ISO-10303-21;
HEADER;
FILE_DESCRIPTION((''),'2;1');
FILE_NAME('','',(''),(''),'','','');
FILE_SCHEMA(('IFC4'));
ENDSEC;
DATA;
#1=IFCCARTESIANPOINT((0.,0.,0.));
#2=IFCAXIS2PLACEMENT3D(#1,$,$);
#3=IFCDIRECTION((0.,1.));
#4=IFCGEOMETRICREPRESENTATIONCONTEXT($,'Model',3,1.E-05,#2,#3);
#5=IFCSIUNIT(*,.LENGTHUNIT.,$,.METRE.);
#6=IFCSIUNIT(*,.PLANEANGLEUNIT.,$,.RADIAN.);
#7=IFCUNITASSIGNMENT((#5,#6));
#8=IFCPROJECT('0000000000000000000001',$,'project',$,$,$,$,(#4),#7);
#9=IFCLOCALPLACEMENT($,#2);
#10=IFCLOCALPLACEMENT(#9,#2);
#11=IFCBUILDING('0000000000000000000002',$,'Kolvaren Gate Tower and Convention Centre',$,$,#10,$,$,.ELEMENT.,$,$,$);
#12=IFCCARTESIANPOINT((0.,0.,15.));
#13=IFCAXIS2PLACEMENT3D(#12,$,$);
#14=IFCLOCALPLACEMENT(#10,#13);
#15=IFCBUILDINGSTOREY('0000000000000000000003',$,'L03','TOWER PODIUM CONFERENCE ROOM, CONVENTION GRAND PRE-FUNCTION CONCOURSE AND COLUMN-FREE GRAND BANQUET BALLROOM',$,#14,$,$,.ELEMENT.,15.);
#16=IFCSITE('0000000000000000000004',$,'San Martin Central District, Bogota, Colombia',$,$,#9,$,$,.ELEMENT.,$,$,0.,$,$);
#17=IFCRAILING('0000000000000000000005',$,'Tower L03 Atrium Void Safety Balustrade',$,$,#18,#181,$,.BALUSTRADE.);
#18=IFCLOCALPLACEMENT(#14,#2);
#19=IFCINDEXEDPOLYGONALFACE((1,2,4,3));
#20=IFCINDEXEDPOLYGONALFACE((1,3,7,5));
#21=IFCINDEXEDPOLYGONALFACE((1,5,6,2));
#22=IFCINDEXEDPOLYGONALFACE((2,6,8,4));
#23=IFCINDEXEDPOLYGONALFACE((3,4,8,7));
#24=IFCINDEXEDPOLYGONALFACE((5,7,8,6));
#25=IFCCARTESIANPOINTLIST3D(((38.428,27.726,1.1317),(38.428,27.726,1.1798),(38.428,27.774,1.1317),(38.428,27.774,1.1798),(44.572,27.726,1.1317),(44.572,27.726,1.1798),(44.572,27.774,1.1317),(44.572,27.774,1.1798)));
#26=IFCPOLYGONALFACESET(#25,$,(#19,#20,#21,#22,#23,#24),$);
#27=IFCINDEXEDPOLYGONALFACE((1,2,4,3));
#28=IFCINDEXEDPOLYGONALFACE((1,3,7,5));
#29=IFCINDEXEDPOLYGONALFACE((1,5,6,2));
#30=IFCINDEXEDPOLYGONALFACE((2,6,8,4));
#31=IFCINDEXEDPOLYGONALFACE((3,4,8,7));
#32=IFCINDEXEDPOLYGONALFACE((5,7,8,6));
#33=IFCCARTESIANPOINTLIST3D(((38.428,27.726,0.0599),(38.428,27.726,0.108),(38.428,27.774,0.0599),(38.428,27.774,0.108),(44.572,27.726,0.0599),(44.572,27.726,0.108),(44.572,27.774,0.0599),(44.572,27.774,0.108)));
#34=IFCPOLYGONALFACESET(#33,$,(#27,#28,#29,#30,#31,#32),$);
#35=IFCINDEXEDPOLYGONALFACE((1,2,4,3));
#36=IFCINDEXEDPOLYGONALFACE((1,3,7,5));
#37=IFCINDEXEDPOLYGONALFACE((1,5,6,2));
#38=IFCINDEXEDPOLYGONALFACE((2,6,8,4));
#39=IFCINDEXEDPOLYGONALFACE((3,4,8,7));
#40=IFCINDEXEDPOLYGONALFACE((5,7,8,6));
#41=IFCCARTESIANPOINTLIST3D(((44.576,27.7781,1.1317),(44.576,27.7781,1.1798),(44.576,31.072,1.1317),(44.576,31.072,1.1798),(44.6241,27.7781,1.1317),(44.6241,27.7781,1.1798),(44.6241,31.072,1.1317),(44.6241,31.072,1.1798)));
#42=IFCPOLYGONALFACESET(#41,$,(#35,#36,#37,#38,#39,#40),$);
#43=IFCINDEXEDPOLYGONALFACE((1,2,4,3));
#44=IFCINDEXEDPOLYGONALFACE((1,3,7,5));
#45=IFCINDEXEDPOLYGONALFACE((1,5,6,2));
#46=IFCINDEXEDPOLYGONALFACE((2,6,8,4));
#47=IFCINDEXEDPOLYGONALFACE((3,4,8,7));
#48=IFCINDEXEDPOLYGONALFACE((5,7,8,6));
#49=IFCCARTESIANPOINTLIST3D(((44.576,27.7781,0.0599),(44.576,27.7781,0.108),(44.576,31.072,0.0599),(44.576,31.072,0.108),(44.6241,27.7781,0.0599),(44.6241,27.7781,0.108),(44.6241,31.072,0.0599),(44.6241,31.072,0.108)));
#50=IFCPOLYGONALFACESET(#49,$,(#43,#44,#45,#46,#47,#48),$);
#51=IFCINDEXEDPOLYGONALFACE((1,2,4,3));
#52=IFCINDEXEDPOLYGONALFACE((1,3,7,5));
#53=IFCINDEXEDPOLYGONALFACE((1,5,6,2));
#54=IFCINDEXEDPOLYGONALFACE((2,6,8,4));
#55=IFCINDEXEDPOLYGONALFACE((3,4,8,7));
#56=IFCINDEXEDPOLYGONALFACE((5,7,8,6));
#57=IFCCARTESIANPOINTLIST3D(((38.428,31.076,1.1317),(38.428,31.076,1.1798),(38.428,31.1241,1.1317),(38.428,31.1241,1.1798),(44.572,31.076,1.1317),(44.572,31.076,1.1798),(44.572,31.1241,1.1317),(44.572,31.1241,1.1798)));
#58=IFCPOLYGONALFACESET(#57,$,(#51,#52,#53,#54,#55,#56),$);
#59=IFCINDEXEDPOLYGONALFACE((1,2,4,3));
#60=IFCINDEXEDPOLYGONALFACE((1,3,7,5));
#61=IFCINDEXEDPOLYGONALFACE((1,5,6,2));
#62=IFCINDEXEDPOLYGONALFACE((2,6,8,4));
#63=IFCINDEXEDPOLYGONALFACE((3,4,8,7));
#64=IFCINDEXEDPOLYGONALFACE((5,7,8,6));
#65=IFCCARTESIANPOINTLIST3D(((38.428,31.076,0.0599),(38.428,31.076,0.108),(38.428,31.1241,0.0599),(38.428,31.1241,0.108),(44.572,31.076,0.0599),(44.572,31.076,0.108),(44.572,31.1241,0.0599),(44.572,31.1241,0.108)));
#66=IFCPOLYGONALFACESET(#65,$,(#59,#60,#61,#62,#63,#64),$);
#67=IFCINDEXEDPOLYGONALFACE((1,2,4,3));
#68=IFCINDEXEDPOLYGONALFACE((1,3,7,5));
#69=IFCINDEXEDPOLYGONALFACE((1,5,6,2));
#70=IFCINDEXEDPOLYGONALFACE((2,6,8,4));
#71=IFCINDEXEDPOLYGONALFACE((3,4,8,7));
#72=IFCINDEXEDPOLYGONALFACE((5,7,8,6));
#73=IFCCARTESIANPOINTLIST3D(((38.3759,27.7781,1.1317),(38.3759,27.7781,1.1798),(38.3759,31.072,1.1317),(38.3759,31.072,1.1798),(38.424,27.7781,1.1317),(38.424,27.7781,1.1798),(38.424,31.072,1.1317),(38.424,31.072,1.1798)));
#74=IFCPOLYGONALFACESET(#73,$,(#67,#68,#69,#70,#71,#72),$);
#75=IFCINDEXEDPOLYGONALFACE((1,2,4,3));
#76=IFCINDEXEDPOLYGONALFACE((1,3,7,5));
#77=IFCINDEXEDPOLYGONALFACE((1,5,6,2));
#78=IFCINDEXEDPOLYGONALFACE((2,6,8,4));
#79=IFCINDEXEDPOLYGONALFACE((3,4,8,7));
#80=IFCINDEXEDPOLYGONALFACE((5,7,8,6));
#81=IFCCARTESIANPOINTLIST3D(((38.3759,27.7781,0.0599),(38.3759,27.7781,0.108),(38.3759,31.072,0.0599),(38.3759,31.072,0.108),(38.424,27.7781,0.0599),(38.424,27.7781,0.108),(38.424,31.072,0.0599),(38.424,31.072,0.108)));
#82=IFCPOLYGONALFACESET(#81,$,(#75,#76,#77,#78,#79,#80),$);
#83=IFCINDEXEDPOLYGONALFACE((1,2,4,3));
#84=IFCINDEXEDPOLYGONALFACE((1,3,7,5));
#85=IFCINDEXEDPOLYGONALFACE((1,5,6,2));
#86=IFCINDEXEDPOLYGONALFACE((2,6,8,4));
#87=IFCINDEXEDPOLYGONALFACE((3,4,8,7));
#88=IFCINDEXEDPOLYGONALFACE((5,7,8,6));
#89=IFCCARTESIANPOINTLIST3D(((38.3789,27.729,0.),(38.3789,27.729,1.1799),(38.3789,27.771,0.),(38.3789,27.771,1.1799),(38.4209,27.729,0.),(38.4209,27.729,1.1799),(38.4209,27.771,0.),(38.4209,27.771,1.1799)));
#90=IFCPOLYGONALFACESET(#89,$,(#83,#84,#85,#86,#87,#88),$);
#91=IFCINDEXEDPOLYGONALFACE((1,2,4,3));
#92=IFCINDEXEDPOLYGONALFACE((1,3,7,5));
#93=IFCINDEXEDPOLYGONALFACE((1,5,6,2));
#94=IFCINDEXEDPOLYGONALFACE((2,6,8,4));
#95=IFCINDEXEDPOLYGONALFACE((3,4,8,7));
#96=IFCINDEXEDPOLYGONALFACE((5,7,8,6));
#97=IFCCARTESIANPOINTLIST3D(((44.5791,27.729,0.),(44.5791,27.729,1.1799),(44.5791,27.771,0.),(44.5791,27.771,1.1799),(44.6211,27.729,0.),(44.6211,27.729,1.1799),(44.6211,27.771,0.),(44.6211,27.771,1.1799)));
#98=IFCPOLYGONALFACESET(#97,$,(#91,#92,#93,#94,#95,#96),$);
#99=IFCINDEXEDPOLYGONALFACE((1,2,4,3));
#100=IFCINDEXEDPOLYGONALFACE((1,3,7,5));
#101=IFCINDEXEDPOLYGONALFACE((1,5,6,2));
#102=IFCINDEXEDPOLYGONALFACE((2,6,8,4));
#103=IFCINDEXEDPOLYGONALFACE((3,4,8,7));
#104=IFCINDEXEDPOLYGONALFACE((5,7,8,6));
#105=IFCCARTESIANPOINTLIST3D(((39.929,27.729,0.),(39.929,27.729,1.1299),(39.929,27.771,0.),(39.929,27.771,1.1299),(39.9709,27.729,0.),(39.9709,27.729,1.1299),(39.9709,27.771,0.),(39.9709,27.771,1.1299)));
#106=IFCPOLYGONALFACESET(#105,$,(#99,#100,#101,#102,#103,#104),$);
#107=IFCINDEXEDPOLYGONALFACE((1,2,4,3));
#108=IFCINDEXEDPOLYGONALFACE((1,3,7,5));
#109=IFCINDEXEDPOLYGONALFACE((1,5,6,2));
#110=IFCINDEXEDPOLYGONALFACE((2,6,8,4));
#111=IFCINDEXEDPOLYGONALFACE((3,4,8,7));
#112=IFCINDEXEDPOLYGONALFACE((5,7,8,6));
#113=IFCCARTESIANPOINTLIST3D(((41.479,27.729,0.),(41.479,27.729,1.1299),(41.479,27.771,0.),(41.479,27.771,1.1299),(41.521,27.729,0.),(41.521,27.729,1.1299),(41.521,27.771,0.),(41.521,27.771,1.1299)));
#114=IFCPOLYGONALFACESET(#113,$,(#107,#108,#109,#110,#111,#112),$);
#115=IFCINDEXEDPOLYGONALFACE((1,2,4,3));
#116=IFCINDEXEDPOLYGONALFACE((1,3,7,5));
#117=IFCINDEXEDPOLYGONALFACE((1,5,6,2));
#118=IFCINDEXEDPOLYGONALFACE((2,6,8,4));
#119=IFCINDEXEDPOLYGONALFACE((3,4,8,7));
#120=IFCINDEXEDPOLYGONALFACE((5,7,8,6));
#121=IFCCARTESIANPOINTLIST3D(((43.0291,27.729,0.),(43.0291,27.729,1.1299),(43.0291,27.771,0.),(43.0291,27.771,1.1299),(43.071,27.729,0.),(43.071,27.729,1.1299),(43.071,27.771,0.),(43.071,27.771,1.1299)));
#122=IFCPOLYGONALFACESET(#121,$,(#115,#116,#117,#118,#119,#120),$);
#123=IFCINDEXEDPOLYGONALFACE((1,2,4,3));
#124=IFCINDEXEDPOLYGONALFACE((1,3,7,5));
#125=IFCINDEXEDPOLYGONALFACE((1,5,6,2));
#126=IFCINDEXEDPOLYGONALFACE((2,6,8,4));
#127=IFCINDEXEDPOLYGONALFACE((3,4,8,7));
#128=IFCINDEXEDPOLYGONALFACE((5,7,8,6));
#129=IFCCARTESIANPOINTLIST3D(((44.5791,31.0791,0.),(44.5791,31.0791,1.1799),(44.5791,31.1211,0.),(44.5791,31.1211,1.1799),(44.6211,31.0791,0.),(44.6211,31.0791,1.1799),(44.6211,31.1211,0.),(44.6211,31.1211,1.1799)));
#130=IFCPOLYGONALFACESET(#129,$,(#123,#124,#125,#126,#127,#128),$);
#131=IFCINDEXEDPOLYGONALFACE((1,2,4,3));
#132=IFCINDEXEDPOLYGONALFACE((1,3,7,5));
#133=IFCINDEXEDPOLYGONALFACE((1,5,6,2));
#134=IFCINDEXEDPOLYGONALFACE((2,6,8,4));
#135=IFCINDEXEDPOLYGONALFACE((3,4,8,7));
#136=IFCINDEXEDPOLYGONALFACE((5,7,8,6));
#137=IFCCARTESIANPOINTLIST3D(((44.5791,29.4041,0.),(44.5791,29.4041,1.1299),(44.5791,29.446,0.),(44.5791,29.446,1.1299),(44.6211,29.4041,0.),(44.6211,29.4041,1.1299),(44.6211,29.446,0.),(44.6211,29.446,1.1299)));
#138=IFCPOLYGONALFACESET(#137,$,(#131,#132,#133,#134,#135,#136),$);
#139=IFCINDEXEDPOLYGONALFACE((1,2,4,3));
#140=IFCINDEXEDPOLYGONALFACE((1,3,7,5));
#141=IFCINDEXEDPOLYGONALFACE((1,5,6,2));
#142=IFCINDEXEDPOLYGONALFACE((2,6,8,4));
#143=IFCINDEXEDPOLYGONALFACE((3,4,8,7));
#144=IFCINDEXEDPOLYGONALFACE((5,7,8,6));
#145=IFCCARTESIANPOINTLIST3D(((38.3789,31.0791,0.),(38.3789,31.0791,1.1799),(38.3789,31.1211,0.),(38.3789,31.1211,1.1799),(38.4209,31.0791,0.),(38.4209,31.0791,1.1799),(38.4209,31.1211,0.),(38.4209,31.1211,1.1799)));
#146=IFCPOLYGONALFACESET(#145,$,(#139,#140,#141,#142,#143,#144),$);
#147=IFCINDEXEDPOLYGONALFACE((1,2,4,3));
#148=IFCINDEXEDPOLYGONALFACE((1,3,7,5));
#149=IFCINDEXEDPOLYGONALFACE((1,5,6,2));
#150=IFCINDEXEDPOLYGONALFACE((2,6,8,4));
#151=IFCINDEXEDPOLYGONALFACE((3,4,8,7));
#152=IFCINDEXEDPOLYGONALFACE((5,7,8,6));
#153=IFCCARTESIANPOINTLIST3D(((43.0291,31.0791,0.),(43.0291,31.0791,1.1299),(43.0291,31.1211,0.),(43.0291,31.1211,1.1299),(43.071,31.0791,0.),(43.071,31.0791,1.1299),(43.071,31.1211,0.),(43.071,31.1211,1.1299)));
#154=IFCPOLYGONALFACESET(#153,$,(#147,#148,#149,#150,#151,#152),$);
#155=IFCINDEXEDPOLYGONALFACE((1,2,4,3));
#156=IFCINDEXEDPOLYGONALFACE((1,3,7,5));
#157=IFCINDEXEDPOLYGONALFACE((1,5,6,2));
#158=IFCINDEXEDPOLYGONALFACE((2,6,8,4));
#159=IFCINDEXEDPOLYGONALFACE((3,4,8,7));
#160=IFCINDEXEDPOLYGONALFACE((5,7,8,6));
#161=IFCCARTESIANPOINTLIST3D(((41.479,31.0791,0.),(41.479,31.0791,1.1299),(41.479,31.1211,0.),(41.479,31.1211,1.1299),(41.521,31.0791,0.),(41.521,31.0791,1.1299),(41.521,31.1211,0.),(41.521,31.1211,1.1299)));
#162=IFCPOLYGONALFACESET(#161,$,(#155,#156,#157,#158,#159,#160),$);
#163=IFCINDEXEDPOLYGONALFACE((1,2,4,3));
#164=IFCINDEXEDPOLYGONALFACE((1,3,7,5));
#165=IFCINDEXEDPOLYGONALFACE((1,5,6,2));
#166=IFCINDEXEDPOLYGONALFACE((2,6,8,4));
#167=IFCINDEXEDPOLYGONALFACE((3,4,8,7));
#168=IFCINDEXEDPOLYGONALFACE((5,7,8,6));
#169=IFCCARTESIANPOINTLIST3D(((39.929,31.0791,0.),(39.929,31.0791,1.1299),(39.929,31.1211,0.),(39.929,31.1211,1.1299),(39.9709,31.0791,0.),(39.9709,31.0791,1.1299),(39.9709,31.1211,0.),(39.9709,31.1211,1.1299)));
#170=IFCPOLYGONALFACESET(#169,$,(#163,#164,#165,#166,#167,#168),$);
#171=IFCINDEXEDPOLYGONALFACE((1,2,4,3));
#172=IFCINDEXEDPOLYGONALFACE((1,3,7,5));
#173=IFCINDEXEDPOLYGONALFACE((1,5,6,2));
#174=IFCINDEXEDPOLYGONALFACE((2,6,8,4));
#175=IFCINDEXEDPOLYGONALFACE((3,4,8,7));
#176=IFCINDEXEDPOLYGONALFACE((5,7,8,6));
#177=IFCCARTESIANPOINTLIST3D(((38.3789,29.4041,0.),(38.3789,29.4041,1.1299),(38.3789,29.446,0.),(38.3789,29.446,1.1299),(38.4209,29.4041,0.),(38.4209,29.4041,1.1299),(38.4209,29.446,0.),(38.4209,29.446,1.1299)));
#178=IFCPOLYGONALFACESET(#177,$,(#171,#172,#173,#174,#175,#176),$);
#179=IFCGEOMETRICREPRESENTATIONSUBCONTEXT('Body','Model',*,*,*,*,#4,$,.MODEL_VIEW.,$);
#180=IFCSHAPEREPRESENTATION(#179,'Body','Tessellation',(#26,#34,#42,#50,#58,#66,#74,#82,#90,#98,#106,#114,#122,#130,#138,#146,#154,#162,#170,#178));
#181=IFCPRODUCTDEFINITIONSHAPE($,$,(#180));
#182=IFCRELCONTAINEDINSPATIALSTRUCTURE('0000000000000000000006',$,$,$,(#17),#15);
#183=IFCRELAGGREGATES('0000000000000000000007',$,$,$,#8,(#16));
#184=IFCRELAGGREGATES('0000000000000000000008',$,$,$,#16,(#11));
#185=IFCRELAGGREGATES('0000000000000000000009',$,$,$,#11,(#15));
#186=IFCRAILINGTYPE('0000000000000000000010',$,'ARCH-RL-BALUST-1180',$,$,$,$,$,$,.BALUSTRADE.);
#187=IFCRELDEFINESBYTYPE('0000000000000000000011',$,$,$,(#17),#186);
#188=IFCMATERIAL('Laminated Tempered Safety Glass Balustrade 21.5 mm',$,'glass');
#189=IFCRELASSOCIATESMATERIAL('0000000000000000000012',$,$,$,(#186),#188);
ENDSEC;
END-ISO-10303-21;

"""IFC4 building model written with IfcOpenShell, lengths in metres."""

from ifc_helpers import new_model, si_unit, direction, frame, origin, origin_2d, place, context, subcontext, project, spatial, rectangle, extrude, material, type_object, element, save


model = new_model("IFC4")

# Units and contexts
model_context = context("Model", 3, precision=1e-05, world=origin(), true_north=direction((0.0, 1.0)))
body_context = subcontext(model_context, "Body", "Model", "MODEL_VIEW")
ifc_project = project(units=[si_unit("LENGTHUNIT", "METRE"), si_unit("PLANEANGLEUNIT", "RADIAN")], contexts=[model_context])

# Site, building, storey
site_placement = place(None, origin())
site = spatial("IfcSite", under=ifc_project, at=site_placement, Name="San Martin Central District, Bogota, Colombia", CompositionType="ELEMENT", RefElevation=0.0)
building_placement = place(site_placement, origin())
building = spatial("IfcBuilding", under=site, at=building_placement, Name="Kolvaren Gate Tower and Convention Centre", CompositionType="ELEMENT")
storey_placement = place(building_placement, frame((0.0, 0.0, 15.0)))
storey = spatial("IfcBuildingStorey", under=building, at=storey_placement, Name="L03", Description="TOWER PODIUM CONFERENCE ROOM, CONVENTION GRAND PRE-FUNCTION CONCOURSE AND COLUMN-FREE GRAND BANQUET BALLROOM", CompositionType="ELEMENT", Elevation=15.0)

# Railing
ifc_material_1 = material(Name="Laminated Tempered Safety Glass Balustrade 21.5 mm", Category="glass")
railing_type = type_object("IfcRailingType", Name="ARCH-RL-BALUST-1180", PredefinedType="BALUSTRADE", material=ifc_material_1)
railing_placement = place(storey_placement, frame((38.3999, 27.75, 0.0)))
element("IfcRailing", 1, at=railing_placement, inside=storey, type_object=railing_type, Name="Tower L03 Atrium Void Safety Balustrade", PredefinedType="BALUSTRADE", context=body_context, shape_type="SweptSolid", body=[
    extrude(rectangle(XDim=0.0481, YDim=0.0481, at=origin_2d()), frame((0.0281, 0.0, 1.1558), z_axis=(1.0, 0.0, 0.0), x_axis=(0.0, 1.0, 0.0)), (0.0, 0.0, 1.0), 6.144),
    extrude(rectangle(XDim=0.0481, YDim=0.0481, at=origin_2d()), frame((0.0281, 0.0, 0.084), z_axis=(1.0, 0.0, 0.0), x_axis=(0.0, 1.0, 0.0)), (0.0, 0.0, 1.0), 6.144),
    extrude(rectangle(XDim=0.0481, YDim=0.0481, at=origin_2d()), frame((6.2002, 0.0281, 1.1558), z_axis=(0.0, 1.0, 0.0), x_axis=(-1.0, 0.0, 0.0)), (0.0, 0.0, 1.0), 3.2939),
    extrude(rectangle(XDim=0.0481, YDim=0.0481, at=origin_2d()), frame((6.2002, 0.0281, 0.084), z_axis=(0.0, 1.0, 0.0), x_axis=(-1.0, 0.0, 0.0)), (0.0, 0.0, 1.0), 3.2939),
    extrude(rectangle(XDim=0.0481, YDim=0.0481, at=origin_2d()), frame((6.1721, 3.3501, 1.1558), z_axis=(-1.0, 0.0, 0.0), x_axis=(0.0, -1.0, 0.0)), (0.0, 0.0, 1.0), 6.144),
    extrude(rectangle(XDim=0.0481, YDim=0.0481, at=origin_2d()), frame((6.1721, 3.3501, 0.084), z_axis=(-1.0, 0.0, 0.0), x_axis=(0.0, -1.0, 0.0)), (0.0, 0.0, 1.0), 6.144),
    extrude(rectangle(XDim=0.0481, YDim=0.0481, at=origin_2d()), frame((0.0, 3.322, 1.1558), z_axis=(0.0, -1.0, 0.0), x_axis=(1.0, 0.0, 0.0)), (0.0, 0.0, 1.0), 3.2939),
    extrude(rectangle(XDim=0.0481, YDim=0.0481, at=origin_2d()), frame((0.0, 3.322, 0.084), z_axis=(0.0, -1.0, 0.0), x_axis=(1.0, 0.0, 0.0)), (0.0, 0.0, 1.0), 3.2939),
    extrude(rectangle(XDim=0.042, YDim=0.042, at=origin_2d()), origin(), (0.0, 0.0, 1.0), 1.1799),
    extrude(rectangle(XDim=0.042, YDim=0.042, at=origin_2d()), frame((6.2002, 0.0, 0.0)), (0.0, 0.0, 1.0), 1.1799),
    extrude(rectangle(XDim=0.042, YDim=0.042, at=origin_2d()), frame((1.55, 0.0, 0.0)), (0.0, 0.0, 1.0), 1.1299),
    extrude(rectangle(XDim=0.042, YDim=0.042, at=origin_2d()), frame((3.1001, 0.0, 0.0)), (0.0, 0.0, 1.0), 1.1299),
    extrude(rectangle(XDim=0.042, YDim=0.042, at=origin_2d()), frame((4.6501, 0.0, 0.0)), (0.0, 0.0, 1.0), 1.1299),
    extrude(rectangle(XDim=0.042, YDim=0.042, at=origin_2d()), frame((6.2002, 3.3501, 0.0)), (0.0, 0.0, 1.0), 1.1799),
    extrude(rectangle(XDim=0.042, YDim=0.042, at=origin_2d()), frame((6.2002, 1.675, 0.0)), (0.0, 0.0, 1.0), 1.1299),
    extrude(rectangle(XDim=0.042, YDim=0.042, at=origin_2d()), frame((0.0, 3.3501, 0.0)), (0.0, 0.0, 1.0), 1.1799),
    extrude(rectangle(XDim=0.042, YDim=0.042, at=origin_2d()), frame((4.6501, 3.3501, 0.0)), (0.0, 0.0, 1.0), 1.1299),
    extrude(rectangle(XDim=0.042, YDim=0.042, at=origin_2d()), frame((3.1001, 3.3501, 0.0)), (0.0, 0.0, 1.0), 1.1299),
    extrude(rectangle(XDim=0.042, YDim=0.042, at=origin_2d()), frame((1.55, 3.3501, 0.0)), (0.0, 0.0, 1.0), 1.1299),
    extrude(rectangle(XDim=0.042, YDim=0.042, at=origin_2d()), frame((0.0, 1.675, 0.0)), (0.0, 0.0, 1.0), 1.1299),
])

save(model, "model.ifc")
